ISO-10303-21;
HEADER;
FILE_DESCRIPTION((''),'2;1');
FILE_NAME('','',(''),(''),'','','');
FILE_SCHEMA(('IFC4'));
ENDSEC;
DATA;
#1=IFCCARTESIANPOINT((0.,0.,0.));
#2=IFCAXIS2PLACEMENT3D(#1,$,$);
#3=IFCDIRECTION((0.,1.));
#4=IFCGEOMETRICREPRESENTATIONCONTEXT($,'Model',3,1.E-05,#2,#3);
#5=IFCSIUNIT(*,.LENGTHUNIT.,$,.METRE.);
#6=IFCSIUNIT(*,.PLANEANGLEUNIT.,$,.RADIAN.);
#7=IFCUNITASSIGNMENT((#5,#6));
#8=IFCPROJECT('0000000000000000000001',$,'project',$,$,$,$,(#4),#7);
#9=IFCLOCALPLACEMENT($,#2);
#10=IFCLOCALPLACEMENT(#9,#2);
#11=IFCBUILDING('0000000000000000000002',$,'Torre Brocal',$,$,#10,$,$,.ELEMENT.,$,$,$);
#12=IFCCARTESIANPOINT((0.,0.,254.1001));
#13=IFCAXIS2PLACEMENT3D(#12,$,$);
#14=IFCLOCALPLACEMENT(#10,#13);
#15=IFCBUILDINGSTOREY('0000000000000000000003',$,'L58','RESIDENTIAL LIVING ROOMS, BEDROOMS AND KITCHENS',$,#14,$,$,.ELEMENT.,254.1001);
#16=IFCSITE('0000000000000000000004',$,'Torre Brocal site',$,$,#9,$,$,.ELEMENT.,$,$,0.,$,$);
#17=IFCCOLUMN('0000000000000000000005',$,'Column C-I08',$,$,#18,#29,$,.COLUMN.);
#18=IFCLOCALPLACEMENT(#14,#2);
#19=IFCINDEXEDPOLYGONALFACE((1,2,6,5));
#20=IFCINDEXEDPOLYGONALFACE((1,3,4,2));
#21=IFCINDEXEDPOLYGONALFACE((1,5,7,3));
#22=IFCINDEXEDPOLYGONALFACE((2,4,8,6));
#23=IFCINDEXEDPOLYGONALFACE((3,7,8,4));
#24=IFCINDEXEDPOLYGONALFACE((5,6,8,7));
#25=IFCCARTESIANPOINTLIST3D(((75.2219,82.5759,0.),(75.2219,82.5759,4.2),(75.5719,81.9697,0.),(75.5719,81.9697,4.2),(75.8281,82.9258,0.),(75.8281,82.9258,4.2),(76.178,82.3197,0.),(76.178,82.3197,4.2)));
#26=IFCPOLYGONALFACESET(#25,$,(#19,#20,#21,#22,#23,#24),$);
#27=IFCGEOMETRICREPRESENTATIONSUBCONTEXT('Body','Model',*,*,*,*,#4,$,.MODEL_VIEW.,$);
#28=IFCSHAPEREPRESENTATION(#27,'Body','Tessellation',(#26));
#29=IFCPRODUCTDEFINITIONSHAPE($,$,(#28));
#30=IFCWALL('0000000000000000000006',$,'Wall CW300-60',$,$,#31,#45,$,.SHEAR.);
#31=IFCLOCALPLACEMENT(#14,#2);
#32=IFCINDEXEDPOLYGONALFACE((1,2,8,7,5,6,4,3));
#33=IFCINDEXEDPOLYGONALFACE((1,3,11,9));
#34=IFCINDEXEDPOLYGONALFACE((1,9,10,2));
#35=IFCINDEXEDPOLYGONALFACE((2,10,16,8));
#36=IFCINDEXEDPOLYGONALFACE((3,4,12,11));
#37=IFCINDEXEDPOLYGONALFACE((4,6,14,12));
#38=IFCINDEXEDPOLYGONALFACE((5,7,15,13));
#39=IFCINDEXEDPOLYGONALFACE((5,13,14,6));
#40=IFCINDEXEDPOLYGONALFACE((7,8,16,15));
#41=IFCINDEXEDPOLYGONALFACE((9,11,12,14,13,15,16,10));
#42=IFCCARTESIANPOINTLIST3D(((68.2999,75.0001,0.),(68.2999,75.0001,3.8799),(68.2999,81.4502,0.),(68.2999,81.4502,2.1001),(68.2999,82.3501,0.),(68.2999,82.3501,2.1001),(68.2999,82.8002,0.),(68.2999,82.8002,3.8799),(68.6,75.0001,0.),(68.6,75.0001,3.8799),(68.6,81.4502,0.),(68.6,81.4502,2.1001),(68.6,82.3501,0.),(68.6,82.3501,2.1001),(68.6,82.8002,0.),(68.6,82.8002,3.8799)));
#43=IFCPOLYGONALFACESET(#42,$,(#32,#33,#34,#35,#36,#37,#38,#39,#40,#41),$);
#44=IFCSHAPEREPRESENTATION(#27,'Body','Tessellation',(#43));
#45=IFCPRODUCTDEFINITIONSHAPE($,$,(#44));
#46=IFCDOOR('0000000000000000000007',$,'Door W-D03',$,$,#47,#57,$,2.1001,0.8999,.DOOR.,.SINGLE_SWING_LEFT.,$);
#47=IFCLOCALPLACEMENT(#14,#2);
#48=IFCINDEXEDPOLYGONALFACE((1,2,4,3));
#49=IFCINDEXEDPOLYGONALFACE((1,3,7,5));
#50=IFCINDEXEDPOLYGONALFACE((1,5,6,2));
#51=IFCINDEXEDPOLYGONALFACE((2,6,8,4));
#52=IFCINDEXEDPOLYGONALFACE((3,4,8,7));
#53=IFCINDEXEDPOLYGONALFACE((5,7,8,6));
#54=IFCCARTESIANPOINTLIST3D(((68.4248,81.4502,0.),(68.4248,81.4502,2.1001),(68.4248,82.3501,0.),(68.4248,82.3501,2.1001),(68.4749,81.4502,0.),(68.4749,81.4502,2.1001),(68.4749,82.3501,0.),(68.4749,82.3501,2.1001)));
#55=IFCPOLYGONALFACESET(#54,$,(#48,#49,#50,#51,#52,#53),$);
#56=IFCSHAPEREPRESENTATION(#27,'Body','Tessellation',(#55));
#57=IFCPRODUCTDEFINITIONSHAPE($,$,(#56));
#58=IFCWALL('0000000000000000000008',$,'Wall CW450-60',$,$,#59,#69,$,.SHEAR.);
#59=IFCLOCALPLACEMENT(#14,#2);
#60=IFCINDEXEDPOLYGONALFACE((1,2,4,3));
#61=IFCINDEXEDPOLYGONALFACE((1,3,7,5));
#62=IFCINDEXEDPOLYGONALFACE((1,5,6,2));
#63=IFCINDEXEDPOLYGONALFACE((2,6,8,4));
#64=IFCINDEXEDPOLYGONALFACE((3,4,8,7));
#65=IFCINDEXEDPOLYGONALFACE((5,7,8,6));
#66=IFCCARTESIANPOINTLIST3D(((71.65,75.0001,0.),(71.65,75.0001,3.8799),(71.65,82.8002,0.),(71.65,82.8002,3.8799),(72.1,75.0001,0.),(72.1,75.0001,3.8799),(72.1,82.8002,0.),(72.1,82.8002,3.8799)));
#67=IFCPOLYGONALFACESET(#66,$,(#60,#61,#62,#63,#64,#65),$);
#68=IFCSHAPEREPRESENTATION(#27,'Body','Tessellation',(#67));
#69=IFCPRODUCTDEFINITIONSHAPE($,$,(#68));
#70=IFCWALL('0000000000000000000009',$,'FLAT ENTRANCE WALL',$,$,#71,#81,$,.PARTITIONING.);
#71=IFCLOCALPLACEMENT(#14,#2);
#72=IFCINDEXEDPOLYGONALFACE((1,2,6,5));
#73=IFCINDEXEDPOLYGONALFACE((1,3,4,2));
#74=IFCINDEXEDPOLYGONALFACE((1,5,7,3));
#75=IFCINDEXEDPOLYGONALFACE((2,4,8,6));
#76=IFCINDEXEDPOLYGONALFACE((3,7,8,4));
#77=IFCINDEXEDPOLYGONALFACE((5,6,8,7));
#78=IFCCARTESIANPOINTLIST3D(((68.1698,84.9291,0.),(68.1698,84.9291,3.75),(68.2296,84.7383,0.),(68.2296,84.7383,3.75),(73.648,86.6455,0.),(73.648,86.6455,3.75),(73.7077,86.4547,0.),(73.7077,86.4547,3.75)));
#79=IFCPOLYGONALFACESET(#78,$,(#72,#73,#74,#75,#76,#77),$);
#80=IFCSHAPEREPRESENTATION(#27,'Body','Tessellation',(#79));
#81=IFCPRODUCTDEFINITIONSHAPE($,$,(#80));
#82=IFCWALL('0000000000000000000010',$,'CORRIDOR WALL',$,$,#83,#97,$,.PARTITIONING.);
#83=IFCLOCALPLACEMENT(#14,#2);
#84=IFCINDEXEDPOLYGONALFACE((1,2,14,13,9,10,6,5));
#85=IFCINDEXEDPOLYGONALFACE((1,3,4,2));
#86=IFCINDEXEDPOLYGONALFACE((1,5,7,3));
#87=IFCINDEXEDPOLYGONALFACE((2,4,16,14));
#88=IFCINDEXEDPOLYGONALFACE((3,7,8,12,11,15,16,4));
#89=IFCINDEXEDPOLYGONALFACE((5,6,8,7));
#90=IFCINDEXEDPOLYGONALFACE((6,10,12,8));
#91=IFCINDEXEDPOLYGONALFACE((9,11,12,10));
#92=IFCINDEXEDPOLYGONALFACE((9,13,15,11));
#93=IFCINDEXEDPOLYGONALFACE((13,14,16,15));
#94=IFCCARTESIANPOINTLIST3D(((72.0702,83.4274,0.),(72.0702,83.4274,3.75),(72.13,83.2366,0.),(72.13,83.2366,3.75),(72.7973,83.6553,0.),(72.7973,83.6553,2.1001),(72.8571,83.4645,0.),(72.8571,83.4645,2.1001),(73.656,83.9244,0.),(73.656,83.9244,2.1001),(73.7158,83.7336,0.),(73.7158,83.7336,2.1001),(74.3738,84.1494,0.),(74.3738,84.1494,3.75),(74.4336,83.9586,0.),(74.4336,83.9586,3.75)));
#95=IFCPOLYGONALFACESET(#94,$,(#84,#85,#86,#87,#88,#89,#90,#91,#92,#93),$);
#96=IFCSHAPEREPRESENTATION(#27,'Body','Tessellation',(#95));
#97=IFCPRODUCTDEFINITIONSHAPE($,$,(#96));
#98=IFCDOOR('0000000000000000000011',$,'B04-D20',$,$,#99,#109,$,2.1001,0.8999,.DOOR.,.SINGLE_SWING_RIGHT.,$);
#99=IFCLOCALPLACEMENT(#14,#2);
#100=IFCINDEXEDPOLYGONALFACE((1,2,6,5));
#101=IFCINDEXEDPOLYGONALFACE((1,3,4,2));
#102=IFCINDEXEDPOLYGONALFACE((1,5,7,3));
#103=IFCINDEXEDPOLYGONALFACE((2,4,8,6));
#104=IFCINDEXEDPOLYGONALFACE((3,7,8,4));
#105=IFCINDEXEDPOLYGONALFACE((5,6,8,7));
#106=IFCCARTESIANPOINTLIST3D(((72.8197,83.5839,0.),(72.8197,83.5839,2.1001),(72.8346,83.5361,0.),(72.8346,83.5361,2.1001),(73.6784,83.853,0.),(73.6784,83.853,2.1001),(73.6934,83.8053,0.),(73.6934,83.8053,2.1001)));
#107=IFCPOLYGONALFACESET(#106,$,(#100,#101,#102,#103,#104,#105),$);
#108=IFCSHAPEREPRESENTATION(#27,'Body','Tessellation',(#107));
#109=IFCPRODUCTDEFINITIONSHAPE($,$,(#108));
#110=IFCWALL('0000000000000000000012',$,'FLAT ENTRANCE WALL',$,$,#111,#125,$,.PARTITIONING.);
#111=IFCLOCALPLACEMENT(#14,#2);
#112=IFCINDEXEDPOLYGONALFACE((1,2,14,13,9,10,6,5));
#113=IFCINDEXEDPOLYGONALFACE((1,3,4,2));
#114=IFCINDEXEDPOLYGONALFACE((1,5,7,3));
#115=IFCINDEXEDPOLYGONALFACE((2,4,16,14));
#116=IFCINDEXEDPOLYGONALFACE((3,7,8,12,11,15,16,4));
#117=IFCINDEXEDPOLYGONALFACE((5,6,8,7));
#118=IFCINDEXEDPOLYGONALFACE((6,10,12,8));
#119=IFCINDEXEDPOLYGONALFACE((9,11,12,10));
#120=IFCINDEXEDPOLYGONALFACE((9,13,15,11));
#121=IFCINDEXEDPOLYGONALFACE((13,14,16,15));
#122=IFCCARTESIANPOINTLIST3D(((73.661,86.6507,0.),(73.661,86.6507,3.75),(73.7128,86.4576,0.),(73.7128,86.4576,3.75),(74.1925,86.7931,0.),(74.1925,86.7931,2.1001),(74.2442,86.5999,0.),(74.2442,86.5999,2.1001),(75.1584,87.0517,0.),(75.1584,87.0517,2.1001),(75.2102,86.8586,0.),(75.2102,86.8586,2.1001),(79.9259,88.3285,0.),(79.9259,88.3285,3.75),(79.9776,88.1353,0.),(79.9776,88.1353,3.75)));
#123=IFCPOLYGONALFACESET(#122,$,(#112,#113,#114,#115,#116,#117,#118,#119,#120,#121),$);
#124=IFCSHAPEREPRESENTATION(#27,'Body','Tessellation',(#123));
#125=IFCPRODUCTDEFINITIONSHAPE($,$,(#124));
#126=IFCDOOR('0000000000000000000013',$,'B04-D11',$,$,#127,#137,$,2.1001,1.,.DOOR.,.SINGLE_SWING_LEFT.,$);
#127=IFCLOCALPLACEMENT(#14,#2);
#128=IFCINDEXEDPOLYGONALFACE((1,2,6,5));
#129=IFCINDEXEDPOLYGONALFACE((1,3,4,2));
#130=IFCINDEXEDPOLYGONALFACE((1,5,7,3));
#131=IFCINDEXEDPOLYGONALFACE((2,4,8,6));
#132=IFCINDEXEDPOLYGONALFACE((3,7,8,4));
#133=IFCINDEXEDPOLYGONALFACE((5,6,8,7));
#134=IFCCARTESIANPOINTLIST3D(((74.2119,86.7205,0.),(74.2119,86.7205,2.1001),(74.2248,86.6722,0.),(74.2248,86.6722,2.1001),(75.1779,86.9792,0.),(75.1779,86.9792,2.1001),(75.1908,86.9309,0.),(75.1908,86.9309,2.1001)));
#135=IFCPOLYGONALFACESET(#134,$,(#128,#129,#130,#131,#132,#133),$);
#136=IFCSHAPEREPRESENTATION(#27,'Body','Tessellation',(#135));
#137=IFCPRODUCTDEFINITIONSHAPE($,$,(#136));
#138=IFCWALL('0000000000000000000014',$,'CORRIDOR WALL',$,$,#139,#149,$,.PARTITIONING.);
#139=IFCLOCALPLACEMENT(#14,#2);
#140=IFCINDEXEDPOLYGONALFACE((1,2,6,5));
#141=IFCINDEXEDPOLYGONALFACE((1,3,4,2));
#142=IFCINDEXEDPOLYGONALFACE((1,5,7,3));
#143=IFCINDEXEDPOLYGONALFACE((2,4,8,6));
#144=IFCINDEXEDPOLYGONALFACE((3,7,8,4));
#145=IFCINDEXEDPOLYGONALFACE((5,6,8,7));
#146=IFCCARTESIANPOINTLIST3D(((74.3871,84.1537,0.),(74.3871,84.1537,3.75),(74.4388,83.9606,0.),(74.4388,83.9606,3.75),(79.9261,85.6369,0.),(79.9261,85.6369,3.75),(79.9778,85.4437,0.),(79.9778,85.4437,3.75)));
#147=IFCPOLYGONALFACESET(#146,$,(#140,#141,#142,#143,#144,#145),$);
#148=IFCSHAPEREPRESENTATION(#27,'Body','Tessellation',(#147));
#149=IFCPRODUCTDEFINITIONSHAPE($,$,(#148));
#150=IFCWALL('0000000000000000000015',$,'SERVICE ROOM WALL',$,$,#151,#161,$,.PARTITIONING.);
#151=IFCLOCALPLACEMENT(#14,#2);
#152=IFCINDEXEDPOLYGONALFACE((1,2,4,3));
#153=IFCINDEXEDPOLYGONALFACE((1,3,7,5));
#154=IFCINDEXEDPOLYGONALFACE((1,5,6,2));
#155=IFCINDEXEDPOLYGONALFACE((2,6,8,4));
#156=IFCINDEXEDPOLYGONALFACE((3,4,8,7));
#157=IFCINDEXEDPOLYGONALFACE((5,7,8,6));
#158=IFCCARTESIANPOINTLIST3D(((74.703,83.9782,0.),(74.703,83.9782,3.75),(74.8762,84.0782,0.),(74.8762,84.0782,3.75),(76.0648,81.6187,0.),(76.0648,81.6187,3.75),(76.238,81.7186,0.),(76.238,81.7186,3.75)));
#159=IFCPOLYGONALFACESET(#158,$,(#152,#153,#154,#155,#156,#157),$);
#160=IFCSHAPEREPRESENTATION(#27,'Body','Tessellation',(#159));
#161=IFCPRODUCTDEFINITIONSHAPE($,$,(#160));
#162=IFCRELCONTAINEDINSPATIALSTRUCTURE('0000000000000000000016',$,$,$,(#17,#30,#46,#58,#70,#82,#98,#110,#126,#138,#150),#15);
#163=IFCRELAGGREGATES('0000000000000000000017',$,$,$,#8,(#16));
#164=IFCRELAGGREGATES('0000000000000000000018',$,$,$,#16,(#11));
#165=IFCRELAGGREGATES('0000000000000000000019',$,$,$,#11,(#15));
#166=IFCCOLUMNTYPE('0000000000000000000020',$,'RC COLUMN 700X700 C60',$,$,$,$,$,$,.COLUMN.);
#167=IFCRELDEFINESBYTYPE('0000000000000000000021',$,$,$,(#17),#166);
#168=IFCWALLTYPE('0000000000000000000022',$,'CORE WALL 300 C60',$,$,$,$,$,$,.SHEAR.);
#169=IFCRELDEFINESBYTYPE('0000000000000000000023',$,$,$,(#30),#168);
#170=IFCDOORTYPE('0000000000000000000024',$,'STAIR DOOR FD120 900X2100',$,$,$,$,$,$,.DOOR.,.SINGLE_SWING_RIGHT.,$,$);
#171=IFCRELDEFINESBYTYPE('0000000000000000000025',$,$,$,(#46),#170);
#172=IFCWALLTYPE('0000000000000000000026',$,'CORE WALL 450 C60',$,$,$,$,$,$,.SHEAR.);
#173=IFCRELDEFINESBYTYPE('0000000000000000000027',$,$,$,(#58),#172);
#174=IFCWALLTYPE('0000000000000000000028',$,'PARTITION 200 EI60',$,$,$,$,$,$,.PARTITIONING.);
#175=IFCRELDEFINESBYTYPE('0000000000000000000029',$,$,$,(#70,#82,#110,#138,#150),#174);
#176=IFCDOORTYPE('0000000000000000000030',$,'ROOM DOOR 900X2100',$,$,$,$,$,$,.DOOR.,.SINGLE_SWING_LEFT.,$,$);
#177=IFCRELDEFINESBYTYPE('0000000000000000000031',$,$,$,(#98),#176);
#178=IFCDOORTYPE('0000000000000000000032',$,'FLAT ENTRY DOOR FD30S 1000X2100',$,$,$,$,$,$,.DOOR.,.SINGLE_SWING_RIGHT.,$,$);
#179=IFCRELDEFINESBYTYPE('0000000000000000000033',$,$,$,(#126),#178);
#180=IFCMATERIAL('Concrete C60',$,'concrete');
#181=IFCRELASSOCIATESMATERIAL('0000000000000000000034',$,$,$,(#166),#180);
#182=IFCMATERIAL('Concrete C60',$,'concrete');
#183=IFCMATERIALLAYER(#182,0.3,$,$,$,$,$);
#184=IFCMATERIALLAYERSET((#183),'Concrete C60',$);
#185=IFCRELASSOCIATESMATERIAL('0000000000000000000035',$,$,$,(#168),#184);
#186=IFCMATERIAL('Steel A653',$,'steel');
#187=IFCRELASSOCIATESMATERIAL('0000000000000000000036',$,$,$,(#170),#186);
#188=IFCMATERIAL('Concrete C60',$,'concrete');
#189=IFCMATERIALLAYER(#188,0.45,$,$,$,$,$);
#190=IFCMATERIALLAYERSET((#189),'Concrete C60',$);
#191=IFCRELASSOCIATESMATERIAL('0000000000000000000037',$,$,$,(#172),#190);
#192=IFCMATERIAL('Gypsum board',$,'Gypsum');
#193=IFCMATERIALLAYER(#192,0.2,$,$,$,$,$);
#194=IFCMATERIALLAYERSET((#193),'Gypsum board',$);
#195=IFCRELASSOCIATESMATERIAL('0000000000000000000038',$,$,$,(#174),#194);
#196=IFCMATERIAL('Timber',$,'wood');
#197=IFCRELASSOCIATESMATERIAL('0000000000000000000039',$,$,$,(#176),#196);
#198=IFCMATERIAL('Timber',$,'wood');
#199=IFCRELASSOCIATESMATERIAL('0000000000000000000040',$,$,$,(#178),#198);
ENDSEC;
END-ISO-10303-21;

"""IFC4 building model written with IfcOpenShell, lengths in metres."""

from ifc_helpers import new_model, si_unit, direction, frame, frame_2d, origin, origin_2d, place, context, subcontext, project, spatial, rectangle, extrude, material, layer, layer_set, material_profile, profile_set, type_object, element, fill, save


model = new_model("IFC4")

# Units and contexts
model_context = context("Model", 3, precision=1e-05, world=origin(), true_north=direction((0.0, 1.0)))
body_context = subcontext(model_context, "Body", "Model", "MODEL_VIEW")
ifc_project = project(units=[si_unit("LENGTHUNIT", "METRE"), si_unit("PLANEANGLEUNIT", "RADIAN")], contexts=[model_context])

# Site, building, storey
site_placement = place(None, origin())
site = spatial("IfcSite", under=ifc_project, at=site_placement, Name="Torre Brocal site", CompositionType="ELEMENT", RefElevation=0.0)
building_placement = place(site_placement, origin())
building = spatial("IfcBuilding", under=site, at=building_placement, Name="Torre Brocal", CompositionType="ELEMENT")
storey_placement = place(building_placement, frame((0.0, 0.0, 254.1001)))
storey = spatial("IfcBuildingStorey", under=building, at=storey_placement, Name="L58", Description="RESIDENTIAL LIVING ROOMS, BEDROOMS AND KITCHENS", CompositionType="ELEMENT", Elevation=254.1001)

# Column
ifc_material_1 = material(Name="Concrete C60", Category="concrete")
ifc_material_profile = material_profile(ifc_material_1, rectangle(XDim=0.7, YDim=0.7, at=origin_2d()), Name="RC 700X700")
ifc_profile_set = profile_set([ifc_material_profile], Name="Concrete C60")
column_type = type_object("IfcColumnType", Name="RC COLUMN 700X700 C60", PredefinedType="COLUMN", material=ifc_profile_set)
column_placement = place(storey_placement, frame((75.7, 82.4478, 0.0), z_axis=(0.0, 0.0, 1.0), x_axis=(-0.5, 0.866025, 0.0)))
element("IfcColumn", 1, at=column_placement, inside=storey, type_object=column_type, Name="Column C-I08", PredefinedType="COLUMN", context=body_context, shape_type="SweptSolid", body=[
    extrude(rectangle(XDim=0.7, YDim=0.7, at=origin_2d()), origin(), (0.0, 0.0, 1.0), 4.2),
])

# Wall, opening, door
ifc_material_2 = material(Name="Concrete C60", Category="concrete")
ifc_layer_1 = layer(ifc_material_2, 0.3)
ifc_layer_set_1 = layer_set([ifc_layer_1], Name="Concrete C60")
wall_type_1 = type_object("IfcWallType", Name="CORE WALL 300 C60", PredefinedType="SHEAR", material=ifc_layer_set_1)
wall_1_placement = place(storey_placement, frame((68.45, 82.8, 0.0), z_axis=(0.0, 0.0, 1.0), x_axis=(0.0, -1.0, 0.0)))
wall_1 = element("IfcWall", 2, at=wall_1_placement, inside=storey, type_object=wall_type_1, Name="Wall CW300-60", PredefinedType="SHEAR", context=body_context, shape_type="SweptSolid", body=[
    extrude(rectangle(XDim=7.8, YDim=0.3, at=frame_2d((3.8999, 0.0))), origin(), (0.0, 0.0, 1.0), 3.8799),
])
opening_1_placement = place(wall_1_placement, frame((0.45, 0.0, 0.0)))
opening_1 = element("IfcOpeningElement", 3, at=opening_1_placement, cuts=wall_1, PredefinedType="OPENING", context=body_context, shape_type="SweptSolid", body=[
    extrude(rectangle(XDim=0.8999, YDim=2.1001, at=frame_2d((0.45, 1.05))), frame((0.0, 0.1599, 0.0), z_axis=(0.0, -1.0, 0.0), x_axis=(1.0, 0.0, 0.0)), (0.0, 0.0, 1.0), 0.3201),
])
ifc_material_3 = material(Name="Steel A653", Category="steel")
door_type_1 = type_object("IfcDoorType", Name="STAIR DOOR FD120 900X2100", OperationType="SINGLE_SWING_RIGHT", PredefinedType="DOOR", material=ifc_material_3)
door_1_placement = place(opening_1_placement, origin())
door_1 = element("IfcDoor", 4, at=door_1_placement, inside=storey, type_object=door_type_1, Name="Door W-D03", OperationType="SINGLE_SWING_LEFT", OverallHeight=2.1001, OverallWidth=0.8999, PredefinedType="DOOR", context=body_context, shape_type="SweptSolid", body=[
    extrude(rectangle(XDim=0.8999, YDim=2.1001, at=frame_2d((0.45, 1.05))), frame((0.0, 0.0249, 0.0), z_axis=(0.0, -1.0, 0.0), x_axis=(1.0, 0.0, 0.0)), (0.0, 0.0, 1.0), 0.05),
])
fill(opening_1, door_1)

# Wall
ifc_material_4 = material(Name="Concrete C60", Category="concrete")
ifc_layer_2 = layer(ifc_material_4, 0.45)
ifc_layer_set_2 = layer_set([ifc_layer_2], Name="Concrete C60")
wall_type_2 = type_object("IfcWallType", Name="CORE WALL 450 C60", PredefinedType="SHEAR", material=ifc_layer_set_2)
wall_2_placement = place(storey_placement, frame((71.875, 82.8, 0.0), z_axis=(0.0, 0.0, 1.0), x_axis=(0.0, -1.0, 0.0)))
element("IfcWall", 5, at=wall_2_placement, inside=storey, type_object=wall_type_2, Name="Wall CW450-60", PredefinedType="SHEAR", context=body_context, shape_type="SweptSolid", body=[
    extrude(rectangle(XDim=7.8, YDim=0.45, at=frame_2d((3.8999, 0.0))), origin(), (0.0, 0.0, 1.0), 3.8799),
])

# Wall
ifc_material_5 = material(Name="Gypsum board", Category="Gypsum")
ifc_layer_3 = layer(ifc_material_5, 0.2)
ifc_layer_set_3 = layer_set([ifc_layer_3], Name="Gypsum board")
wall_type_3 = type_object("IfcWallType", Name="PARTITION 200 EI60", PredefinedType="PARTITIONING", material=ifc_layer_set_3)
wall_3_placement = place(storey_placement, frame((68.1997, 84.8337, 0.0), z_axis=(0.0, 0.0, 1.0), x_axis=(0.95426, 0.298977, 0.0)))
element("IfcWall", 6, at=wall_3_placement, inside=storey, type_object=wall_type_3, Name="FLAT ENTRANCE WALL", PredefinedType="PARTITIONING", context=body_context, shape_type="SweptSolid", body=[
    extrude(rectangle(XDim=5.7407, YDim=0.2, at=frame_2d((2.8704, 0.0))), origin(), (0.0, 0.0, 1.0), 3.75),
])

# Walls, openings, doors
wall_4_placement = place(storey_placement, frame((72.1001, 83.332, 0.0), z_axis=(0.0, 0.0, 1.0), x_axis=(0.954233, 0.299064, 0.0)))
wall_4 = element("IfcWall", 7, at=wall_4_placement, inside=storey, type_object=wall_type_3, Name="CORRIDOR WALL", PredefinedType="PARTITIONING", context=body_context, shape_type="SweptSolid", body=[
    extrude(rectangle(XDim=2.4141, YDim=0.2, at=frame_2d((1.207, 0.0))), origin(), (0.0, 0.0, 1.0), 3.75),
])
opening_2_placement = place(wall_4_placement, frame((0.762, 0.0, 0.0)))
opening_2 = element("IfcOpeningElement", 8, at=opening_2_placement, cuts=wall_4, PredefinedType="OPENING", context=body_context, shape_type="SweptSolid", body=[
    extrude(rectangle(XDim=0.8999, YDim=2.1001, at=frame_2d((0.45, 1.05))), frame((0.0, 0.1099, 0.0), z_axis=(0.0, -1.0, 0.0), x_axis=(1.0, 0.0, 0.0)), (0.0, 0.0, 1.0), 0.22),
])
ifc_material_6 = material(Name="Timber", Category="wood")
door_type_2 = type_object("IfcDoorType", Name="ROOM DOOR 900X2100", OperationType="SINGLE_SWING_LEFT", PredefinedType="DOOR", material=ifc_material_6)
door_2_placement = place(opening_2_placement, frame((0.8999, 0.0, 0.0), z_axis=(0.0, 0.0, 1.0), x_axis=(-1.0, 0.0, 0.0)))
door_2 = element("IfcDoor", 9, at=door_2_placement, inside=storey, type_object=door_type_2, Name="B04-D20", OperationType="SINGLE_SWING_RIGHT", OverallHeight=2.1001, OverallWidth=0.8999, PredefinedType="DOOR", context=body_context, shape_type="SweptSolid", body=[
    extrude(rectangle(XDim=0.8999, YDim=2.1001, at=frame_2d((0.45, 1.05))), frame((0.0, 0.0249, 0.0), z_axis=(0.0, -1.0, 0.0), x_axis=(1.0, 0.0, 0.0)), (0.0, 0.0, 1.0), 0.05),
])
fill(opening_2, door_2)
wall_5_placement = place(storey_placement, frame((73.687, 86.5542, 0.0), z_axis=(0.0, 0.0, 1.0), x_axis=(0.965962, 0.258684, 0.0)))
wall_5 = element("IfcWall", 10, at=wall_5_placement, inside=storey, type_object=wall_type_3, Name="FLAT ENTRANCE WALL", PredefinedType="PARTITIONING", context=body_context, shape_type="SweptSolid", body=[
    extrude(rectangle(XDim=6.4856, YDim=0.2, at=frame_2d((3.2427, 0.0))), origin(), (0.0, 0.0, 1.0), 3.75),
])
opening_3_placement = place(wall_5_placement, frame((0.55, 0.0, 0.0)))
opening_3 = element("IfcOpeningElement", 11, at=opening_3_placement, cuts=wall_5, PredefinedType="OPENING", context=body_context, shape_type="SweptSolid", body=[
    extrude(rectangle(XDim=1.0, YDim=2.1001, at=frame_2d((0.5, 1.05))), frame((0.0, 0.1099, 0.0), z_axis=(0.0, -1.0, 0.0), x_axis=(1.0, 0.0, 0.0)), (0.0, 0.0, 1.0), 0.22),
])
ifc_material_7 = material(Name="Timber", Category="wood")
door_type_3 = type_object("IfcDoorType", Name="FLAT ENTRY DOOR FD30S 1000X2100", OperationType="SINGLE_SWING_RIGHT", PredefinedType="DOOR", material=ifc_material_7)
door_3_placement = place(opening_3_placement, origin())
door_3 = element("IfcDoor", 12, at=door_3_placement, inside=storey, type_object=door_type_3, Name="B04-D11", OperationType="SINGLE_SWING_LEFT", OverallHeight=2.1001, OverallWidth=1.0, PredefinedType="DOOR", context=body_context, shape_type="SweptSolid", body=[
    extrude(rectangle(XDim=1.0, YDim=2.1001, at=frame_2d((0.5, 1.05))), frame((0.0, 0.0249, 0.0), z_axis=(0.0, -1.0, 0.0), x_axis=(1.0, 0.0, 0.0)), (0.0, 0.0, 1.0), 0.05),
])
fill(opening_3, door_3)

# Walls
wall_6_placement = place(storey_placement, frame((74.4128, 84.0571, 0.0), z_axis=(0.0, 0.0, 1.0), x_axis=(0.965971, 0.258651, 0.0)))
element("IfcWall", 13, at=wall_6_placement, inside=storey, type_object=wall_type_3, Name="CORRIDOR WALL", PredefinedType="PARTITIONING", context=body_context, shape_type="SweptSolid", body=[
    extrude(rectangle(XDim=5.7341, YDim=0.2, at=frame_2d((2.8672, 0.0))), origin(), (0.0, 0.0, 1.0), 3.75),
])
wall_7_placement = place(storey_placement, frame((74.7896, 84.0283, 0.0), z_axis=(0.0, 0.0, 1.0), x_axis=(0.49986, -0.866107, 0.0)))
element("IfcWall", 14, at=wall_7_placement, inside=storey, type_object=wall_type_3, Name="SERVICE ROOM WALL", PredefinedType="PARTITIONING", context=body_context, shape_type="SweptSolid", body=[
    extrude(rectangle(XDim=2.7244, YDim=0.2, at=frame_2d((1.3623, 0.0))), origin(), (0.0, 0.0, 1.0), 3.75),
])

save(model, "model.ifc")
